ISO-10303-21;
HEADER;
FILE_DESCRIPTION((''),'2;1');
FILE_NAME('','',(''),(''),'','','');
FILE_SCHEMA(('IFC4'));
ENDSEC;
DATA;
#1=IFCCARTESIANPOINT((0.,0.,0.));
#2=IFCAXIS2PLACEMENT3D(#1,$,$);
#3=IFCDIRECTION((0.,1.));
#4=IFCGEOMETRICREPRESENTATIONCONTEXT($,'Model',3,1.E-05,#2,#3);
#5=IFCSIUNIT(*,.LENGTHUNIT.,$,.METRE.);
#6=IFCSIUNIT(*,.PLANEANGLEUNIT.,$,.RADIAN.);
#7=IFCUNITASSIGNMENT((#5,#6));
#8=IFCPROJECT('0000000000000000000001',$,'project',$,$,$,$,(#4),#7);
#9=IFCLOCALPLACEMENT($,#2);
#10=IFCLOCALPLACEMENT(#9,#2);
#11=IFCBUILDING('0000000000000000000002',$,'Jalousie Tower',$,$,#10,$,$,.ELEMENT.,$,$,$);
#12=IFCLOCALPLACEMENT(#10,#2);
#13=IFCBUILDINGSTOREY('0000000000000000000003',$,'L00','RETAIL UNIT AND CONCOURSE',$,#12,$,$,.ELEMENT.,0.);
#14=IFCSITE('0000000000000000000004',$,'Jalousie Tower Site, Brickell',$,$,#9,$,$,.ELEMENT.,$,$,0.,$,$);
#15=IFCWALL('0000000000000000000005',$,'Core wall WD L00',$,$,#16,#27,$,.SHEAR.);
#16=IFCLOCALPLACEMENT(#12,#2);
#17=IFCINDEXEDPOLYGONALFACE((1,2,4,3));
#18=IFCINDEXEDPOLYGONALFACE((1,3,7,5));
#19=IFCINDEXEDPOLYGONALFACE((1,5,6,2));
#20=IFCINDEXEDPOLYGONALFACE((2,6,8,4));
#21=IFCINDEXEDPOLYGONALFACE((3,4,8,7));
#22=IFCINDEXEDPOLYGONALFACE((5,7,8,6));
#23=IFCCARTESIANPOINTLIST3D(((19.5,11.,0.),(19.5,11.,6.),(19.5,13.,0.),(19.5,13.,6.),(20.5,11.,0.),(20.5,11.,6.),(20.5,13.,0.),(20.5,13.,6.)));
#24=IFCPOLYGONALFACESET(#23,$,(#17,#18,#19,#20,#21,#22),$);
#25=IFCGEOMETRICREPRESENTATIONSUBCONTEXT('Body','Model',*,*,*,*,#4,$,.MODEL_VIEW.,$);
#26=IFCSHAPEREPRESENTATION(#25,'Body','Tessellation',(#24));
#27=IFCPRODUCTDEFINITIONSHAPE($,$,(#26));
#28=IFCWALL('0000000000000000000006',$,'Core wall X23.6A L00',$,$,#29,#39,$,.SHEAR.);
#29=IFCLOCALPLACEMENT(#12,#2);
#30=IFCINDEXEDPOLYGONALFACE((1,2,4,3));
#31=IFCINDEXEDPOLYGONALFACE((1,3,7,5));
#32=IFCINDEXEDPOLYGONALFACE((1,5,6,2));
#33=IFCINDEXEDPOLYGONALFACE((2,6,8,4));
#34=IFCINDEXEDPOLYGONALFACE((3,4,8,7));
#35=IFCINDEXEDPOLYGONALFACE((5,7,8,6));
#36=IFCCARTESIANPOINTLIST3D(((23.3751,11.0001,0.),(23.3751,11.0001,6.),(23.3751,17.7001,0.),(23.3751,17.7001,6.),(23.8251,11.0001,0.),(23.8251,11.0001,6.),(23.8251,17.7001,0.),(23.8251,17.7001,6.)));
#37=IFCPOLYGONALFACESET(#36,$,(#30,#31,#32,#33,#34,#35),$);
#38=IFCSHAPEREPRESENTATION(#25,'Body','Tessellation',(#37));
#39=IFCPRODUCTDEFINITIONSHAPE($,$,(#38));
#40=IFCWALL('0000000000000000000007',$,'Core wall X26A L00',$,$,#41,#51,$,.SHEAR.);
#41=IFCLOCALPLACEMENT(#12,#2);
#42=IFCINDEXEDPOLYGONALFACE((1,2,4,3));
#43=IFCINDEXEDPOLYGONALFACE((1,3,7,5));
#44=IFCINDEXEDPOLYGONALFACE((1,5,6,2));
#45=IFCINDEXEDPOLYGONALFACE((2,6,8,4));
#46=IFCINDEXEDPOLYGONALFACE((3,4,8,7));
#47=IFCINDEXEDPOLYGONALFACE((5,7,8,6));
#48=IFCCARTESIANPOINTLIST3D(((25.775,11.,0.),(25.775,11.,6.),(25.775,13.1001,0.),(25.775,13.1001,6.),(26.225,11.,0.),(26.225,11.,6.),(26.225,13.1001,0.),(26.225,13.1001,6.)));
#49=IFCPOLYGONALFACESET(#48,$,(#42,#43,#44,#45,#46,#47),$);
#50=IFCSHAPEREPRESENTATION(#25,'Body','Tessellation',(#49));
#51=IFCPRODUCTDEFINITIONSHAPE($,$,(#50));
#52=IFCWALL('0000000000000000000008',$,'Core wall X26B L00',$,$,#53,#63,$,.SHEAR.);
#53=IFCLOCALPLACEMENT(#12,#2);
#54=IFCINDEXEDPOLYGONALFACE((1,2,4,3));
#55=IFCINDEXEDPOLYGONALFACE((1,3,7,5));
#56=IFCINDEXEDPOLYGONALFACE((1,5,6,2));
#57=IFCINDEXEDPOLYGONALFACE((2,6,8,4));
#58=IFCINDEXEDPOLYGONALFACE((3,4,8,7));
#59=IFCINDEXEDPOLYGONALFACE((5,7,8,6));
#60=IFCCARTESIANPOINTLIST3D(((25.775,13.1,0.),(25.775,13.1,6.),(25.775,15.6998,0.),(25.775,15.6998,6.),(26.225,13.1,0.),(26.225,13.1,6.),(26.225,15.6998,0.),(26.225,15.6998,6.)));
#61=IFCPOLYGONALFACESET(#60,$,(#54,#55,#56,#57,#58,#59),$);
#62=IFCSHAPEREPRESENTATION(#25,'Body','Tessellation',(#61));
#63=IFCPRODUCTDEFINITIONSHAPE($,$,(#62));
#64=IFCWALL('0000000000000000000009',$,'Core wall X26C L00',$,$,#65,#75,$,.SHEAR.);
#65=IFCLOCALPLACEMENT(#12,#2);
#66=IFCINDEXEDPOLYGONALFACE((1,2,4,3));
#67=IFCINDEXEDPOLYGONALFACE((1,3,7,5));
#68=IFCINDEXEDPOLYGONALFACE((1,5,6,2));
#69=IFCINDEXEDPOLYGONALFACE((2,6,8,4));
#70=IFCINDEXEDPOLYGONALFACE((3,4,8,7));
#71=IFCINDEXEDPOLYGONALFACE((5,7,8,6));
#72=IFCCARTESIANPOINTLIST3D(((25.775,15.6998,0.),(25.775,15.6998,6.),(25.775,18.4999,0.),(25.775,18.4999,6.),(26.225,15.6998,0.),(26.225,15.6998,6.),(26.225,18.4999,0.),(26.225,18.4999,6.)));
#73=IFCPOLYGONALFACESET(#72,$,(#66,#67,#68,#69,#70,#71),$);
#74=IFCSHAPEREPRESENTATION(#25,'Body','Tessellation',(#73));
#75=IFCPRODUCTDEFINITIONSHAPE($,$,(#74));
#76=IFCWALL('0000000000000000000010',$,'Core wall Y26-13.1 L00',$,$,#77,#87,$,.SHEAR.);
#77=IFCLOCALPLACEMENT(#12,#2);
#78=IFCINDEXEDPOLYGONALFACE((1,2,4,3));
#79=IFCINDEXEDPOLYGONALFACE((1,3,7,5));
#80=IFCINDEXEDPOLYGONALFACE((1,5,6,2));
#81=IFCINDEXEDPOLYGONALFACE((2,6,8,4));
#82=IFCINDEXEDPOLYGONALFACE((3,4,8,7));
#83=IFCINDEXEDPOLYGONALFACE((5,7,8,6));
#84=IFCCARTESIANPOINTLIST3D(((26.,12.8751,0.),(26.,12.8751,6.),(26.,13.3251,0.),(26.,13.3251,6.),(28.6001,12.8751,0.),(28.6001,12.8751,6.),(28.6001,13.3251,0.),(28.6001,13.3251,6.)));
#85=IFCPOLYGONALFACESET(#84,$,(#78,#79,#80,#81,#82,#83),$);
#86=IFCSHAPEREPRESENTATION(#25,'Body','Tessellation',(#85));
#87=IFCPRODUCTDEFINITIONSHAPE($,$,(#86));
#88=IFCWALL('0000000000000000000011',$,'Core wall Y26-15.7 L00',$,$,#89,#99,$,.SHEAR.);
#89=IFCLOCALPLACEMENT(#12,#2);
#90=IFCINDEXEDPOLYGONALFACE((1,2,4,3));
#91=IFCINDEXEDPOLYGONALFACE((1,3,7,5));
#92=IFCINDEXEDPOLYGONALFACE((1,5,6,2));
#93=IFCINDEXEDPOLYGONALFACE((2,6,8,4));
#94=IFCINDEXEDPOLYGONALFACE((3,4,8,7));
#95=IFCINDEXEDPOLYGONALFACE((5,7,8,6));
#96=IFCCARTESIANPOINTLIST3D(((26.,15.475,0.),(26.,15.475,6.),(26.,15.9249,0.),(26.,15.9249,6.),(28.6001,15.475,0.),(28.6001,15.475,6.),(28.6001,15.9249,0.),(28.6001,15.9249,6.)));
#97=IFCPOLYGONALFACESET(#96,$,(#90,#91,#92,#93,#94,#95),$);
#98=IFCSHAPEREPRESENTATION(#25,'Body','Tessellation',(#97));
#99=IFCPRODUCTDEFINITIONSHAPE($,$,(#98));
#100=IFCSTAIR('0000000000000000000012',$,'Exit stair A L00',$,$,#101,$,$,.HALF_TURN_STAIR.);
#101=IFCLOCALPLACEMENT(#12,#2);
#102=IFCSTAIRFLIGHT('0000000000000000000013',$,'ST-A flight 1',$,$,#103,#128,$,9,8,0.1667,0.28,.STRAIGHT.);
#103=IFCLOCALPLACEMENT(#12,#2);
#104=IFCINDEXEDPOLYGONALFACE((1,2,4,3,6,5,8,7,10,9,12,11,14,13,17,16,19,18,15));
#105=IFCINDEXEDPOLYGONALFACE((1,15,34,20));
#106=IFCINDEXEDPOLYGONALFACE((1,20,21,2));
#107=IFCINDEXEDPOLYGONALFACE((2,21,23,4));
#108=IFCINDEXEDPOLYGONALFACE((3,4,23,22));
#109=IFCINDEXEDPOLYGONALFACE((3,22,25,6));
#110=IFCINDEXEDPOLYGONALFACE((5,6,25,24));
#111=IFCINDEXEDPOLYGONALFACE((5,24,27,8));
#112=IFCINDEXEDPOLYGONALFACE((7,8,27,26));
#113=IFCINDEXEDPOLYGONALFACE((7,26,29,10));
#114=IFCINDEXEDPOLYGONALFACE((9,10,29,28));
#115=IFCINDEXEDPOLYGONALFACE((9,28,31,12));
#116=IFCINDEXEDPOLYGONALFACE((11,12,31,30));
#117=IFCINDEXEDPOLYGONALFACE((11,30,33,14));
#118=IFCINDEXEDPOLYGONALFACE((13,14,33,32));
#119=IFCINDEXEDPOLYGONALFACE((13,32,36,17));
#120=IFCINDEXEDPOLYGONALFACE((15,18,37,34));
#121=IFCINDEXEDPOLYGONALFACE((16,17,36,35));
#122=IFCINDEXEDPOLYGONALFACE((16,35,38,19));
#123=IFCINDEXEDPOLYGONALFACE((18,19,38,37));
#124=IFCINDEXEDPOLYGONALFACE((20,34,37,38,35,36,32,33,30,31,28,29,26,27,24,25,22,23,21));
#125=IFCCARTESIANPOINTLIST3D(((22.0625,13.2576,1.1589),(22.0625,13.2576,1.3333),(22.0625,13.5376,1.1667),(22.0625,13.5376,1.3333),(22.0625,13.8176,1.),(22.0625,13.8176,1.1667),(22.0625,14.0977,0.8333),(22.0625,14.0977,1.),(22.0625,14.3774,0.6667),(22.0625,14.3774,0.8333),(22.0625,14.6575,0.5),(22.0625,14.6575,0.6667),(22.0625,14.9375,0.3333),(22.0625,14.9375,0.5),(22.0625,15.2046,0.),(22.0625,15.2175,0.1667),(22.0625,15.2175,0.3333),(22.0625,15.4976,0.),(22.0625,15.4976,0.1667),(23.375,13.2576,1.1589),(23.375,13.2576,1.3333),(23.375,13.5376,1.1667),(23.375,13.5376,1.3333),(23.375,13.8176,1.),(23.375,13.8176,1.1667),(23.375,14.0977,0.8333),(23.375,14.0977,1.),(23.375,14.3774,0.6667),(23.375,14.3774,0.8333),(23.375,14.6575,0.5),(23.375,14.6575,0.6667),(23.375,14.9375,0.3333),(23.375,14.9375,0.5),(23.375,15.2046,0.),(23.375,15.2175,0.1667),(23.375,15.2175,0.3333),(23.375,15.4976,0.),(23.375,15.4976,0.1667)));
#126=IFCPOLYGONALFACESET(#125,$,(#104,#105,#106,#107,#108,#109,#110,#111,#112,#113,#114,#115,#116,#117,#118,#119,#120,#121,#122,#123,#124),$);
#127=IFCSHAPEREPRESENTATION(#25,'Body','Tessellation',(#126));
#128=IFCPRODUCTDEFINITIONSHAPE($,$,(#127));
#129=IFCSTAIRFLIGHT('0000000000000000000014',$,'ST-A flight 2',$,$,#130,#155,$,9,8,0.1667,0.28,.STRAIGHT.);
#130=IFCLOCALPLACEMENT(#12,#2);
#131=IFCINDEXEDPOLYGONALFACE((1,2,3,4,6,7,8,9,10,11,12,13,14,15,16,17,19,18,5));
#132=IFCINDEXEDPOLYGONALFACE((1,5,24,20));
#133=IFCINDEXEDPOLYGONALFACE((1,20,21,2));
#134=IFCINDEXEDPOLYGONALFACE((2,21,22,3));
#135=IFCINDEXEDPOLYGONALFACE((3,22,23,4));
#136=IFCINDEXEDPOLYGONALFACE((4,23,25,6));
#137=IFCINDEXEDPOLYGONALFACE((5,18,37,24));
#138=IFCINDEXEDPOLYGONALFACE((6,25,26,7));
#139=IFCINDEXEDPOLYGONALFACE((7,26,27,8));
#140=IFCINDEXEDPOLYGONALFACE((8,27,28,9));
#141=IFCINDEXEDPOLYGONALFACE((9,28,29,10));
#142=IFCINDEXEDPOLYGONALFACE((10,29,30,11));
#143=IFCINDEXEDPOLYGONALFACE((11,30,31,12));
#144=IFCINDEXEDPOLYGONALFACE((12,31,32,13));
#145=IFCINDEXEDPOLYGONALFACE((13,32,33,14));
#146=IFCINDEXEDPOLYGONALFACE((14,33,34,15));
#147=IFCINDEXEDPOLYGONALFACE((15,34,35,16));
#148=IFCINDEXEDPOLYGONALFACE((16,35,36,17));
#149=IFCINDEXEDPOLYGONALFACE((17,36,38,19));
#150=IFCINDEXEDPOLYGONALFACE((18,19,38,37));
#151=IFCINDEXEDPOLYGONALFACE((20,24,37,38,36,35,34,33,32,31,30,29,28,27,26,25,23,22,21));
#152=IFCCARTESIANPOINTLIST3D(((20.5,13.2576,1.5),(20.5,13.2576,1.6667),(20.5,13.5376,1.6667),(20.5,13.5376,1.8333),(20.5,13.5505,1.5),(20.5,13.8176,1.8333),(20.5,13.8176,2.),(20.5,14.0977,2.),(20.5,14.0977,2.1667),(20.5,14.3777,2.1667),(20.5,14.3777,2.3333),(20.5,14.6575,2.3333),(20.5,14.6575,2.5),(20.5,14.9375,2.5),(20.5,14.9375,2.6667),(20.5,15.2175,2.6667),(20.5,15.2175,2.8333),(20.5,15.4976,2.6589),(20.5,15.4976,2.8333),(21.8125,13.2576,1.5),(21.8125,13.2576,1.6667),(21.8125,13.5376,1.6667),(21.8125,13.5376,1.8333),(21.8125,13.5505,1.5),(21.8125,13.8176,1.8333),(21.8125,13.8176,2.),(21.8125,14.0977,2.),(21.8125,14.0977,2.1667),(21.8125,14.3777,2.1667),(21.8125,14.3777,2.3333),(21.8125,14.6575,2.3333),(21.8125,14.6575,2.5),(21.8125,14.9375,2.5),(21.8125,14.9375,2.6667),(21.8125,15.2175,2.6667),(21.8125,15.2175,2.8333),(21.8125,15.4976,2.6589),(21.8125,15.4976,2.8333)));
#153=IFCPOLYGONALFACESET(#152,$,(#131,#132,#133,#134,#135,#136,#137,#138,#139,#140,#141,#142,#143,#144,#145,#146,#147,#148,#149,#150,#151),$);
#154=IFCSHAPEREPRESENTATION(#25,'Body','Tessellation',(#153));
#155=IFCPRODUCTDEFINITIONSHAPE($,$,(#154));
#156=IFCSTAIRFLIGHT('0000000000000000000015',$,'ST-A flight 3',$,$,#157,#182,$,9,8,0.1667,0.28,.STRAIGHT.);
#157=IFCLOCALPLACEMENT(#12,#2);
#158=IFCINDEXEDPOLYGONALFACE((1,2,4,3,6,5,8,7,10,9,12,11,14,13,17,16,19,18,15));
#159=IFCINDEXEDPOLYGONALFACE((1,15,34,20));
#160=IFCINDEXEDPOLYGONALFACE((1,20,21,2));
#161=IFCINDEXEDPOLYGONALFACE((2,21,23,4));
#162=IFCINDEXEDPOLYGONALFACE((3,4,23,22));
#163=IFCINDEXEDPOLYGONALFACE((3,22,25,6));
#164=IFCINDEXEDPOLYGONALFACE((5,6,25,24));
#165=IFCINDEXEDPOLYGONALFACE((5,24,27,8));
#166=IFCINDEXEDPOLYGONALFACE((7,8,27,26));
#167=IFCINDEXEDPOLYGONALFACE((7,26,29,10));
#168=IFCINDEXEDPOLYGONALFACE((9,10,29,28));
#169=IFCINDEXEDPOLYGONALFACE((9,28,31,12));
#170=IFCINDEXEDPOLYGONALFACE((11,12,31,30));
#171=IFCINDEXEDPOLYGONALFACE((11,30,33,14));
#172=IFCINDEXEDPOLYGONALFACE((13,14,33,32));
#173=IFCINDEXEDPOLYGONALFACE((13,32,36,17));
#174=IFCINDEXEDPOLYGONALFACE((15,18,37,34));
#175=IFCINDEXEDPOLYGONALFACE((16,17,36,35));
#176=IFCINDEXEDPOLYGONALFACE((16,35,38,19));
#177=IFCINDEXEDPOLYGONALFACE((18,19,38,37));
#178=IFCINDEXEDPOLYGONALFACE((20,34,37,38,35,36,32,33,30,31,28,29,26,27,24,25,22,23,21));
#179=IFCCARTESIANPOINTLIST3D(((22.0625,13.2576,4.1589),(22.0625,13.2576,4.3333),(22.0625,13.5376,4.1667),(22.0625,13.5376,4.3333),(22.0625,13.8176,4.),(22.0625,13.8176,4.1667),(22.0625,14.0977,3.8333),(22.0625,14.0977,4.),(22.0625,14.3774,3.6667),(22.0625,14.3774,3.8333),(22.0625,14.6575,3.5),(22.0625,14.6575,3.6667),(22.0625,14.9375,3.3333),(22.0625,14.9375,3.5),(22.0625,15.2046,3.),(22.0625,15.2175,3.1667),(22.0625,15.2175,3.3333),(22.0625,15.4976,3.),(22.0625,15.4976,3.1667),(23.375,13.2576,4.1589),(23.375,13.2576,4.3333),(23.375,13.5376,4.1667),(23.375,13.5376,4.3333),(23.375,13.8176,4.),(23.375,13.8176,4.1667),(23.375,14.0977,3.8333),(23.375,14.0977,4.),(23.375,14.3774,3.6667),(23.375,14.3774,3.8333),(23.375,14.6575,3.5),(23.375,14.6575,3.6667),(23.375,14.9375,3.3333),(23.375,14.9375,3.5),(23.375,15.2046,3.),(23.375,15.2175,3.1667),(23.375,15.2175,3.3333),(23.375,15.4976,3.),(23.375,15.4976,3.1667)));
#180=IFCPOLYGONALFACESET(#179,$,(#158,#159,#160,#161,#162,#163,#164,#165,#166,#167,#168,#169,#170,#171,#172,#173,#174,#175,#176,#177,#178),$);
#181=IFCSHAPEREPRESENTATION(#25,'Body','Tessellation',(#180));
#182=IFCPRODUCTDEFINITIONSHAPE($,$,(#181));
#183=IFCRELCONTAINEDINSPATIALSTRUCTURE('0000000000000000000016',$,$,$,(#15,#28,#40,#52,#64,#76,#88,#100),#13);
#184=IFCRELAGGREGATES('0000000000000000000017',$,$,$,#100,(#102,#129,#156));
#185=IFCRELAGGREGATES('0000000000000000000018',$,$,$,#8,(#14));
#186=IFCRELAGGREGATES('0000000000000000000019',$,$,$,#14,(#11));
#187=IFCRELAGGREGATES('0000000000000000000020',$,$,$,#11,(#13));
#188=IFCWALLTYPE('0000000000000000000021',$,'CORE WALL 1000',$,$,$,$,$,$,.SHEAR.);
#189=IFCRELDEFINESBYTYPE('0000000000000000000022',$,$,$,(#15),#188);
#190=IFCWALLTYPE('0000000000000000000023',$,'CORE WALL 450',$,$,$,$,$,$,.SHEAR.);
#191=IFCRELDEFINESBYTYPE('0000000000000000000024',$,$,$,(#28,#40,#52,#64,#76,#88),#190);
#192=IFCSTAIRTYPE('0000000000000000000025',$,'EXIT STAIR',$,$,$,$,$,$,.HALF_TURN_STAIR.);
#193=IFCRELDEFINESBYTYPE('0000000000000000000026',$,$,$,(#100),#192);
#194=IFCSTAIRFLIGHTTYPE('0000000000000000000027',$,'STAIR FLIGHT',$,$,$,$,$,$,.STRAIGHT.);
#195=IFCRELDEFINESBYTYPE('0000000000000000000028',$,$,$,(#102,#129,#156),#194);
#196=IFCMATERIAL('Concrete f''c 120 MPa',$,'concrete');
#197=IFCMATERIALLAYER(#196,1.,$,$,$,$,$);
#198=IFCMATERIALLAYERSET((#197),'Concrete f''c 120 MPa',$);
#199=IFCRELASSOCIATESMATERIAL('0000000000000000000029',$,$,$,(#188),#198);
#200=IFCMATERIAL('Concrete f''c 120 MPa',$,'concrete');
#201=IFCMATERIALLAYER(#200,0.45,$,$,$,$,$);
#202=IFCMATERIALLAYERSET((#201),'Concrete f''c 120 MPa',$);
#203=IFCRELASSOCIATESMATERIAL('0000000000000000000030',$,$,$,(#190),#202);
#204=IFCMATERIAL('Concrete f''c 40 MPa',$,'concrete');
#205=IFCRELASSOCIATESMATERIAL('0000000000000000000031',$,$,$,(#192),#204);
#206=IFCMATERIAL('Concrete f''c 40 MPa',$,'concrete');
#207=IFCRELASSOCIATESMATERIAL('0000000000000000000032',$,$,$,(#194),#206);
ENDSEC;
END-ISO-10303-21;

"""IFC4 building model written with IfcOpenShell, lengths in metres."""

from ifc_helpers import new_model, si_unit, direction, frame, frame_2d, origin, place, context, subcontext, project, spatial, polyline, rectangle, outline, extrude, material, layer, layer_set, type_object, element, aggregate, save


model = new_model("IFC4")

# Units and contexts
model_context = context("Model", 3, precision=1e-05, world=origin(), true_north=direction((0.0, 1.0)))
body_context = subcontext(model_context, "Body", "Model", "MODEL_VIEW")
ifc_project = project(units=[si_unit("LENGTHUNIT", "METRE"), si_unit("PLANEANGLEUNIT", "RADIAN")], contexts=[model_context])

# Site, building, storey
site_placement = place(None, origin())
site = spatial("IfcSite", under=ifc_project, at=site_placement, Name="Jalousie Tower Site, Brickell", CompositionType="ELEMENT", RefElevation=0.0)
building_placement = place(site_placement, origin())
building = spatial("IfcBuilding", under=site, at=building_placement, Name="Jalousie Tower", CompositionType="ELEMENT")
storey_placement = place(building_placement, origin())
storey = spatial("IfcBuildingStorey", under=building, at=storey_placement, Name="L00", Description="RETAIL UNIT AND CONCOURSE", CompositionType="ELEMENT", Elevation=0.0)

# Walls
ifc_material_1 = material(Name="Concrete f'c 120 MPa", Category="concrete")
ifc_layer_1 = layer(ifc_material_1, 1.0)
ifc_layer_set_1 = layer_set([ifc_layer_1], Name="Concrete f'c 120 MPa")
wall_type_1 = type_object("IfcWallType", Name="CORE WALL 1000", PredefinedType="SHEAR", material=ifc_layer_set_1)
wall_1_placement = place(storey_placement, frame((20.0, 13.0, 0.0), z_axis=(0.0, 0.0, 1.0), x_axis=(0.0, -1.0, 0.0)))
element("IfcWall", 1, at=wall_1_placement, inside=storey, type_object=wall_type_1, Name="Core wall WD L00", PredefinedType="SHEAR", context=body_context, shape_type="SweptSolid", body=[
    extrude(rectangle(XDim=2.0, YDim=1.0, at=frame_2d((1.0, 0.0))), origin(), (0.0, 0.0, 1.0), 6.0),
])
ifc_material_2 = material(Name="Concrete f'c 120 MPa", Category="concrete")
ifc_layer_2 = layer(ifc_material_2, 0.45)
ifc_layer_set_2 = layer_set([ifc_layer_2], Name="Concrete f'c 120 MPa")
wall_type_2 = type_object("IfcWallType", Name="CORE WALL 450", PredefinedType="SHEAR", material=ifc_layer_set_2)
wall_2_placement = place(storey_placement, frame((23.6001, 11.0, 0.0), z_axis=(0.0, 0.0, 1.0), x_axis=(0.0, 1.0, 0.0)))
element("IfcWall", 2, at=wall_2_placement, inside=storey, type_object=wall_type_2, Name="Core wall X23.6A L00", PredefinedType="SHEAR", context=body_context, shape_type="SweptSolid", body=[
    extrude(rectangle(XDim=6.7, YDim=0.45, at=frame_2d((3.3501, 0.0))), origin(), (0.0, 0.0, 1.0), 6.0),
])
wall_3_placement = place(storey_placement, frame((26.0, 11.0, 0.0), z_axis=(0.0, 0.0, 1.0), x_axis=(0.0, 1.0, 0.0)))
element("IfcWall", 3, at=wall_3_placement, inside=storey, type_object=wall_type_2, Name="Core wall X26A L00", PredefinedType="SHEAR", context=body_context, shape_type="SweptSolid", body=[
    extrude(rectangle(XDim=2.1001, YDim=0.45, at=frame_2d((1.05, 0.0))), origin(), (0.0, 0.0, 1.0), 6.0),
])
wall_4_placement = place(storey_placement, frame((26.0, 13.1001, 0.0), z_axis=(0.0, 0.0, 1.0), x_axis=(0.0, 1.0, 0.0)))
element("IfcWall", 4, at=wall_4_placement, inside=storey, type_object=wall_type_2, Name="Core wall X26B L00", PredefinedType="SHEAR", context=body_context, shape_type="SweptSolid", body=[
    extrude(rectangle(XDim=2.5999, YDim=0.45, at=frame_2d((1.2998, 0.0))), origin(), (0.0, 0.0, 1.0), 6.0),
])
wall_5_placement = place(storey_placement, frame((26.0, 15.7, 0.0), z_axis=(0.0, 0.0, 1.0), x_axis=(0.0, 1.0, 0.0)))
element("IfcWall", 5, at=wall_5_placement, inside=storey, type_object=wall_type_2, Name="Core wall X26C L00", PredefinedType="SHEAR", context=body_context, shape_type="SweptSolid", body=[
    extrude(rectangle(XDim=2.8, YDim=0.45, at=frame_2d((1.3999, 0.0))), origin(), (0.0, 0.0, 1.0), 6.0),
])
for number, where, z_axis, x_axis, name in (
    (6, (26.0, 13.1001, 0.0), (0.0, 0.0, 1.0), (1.0, 0.0, 0.0), "Core wall Y26-13.1 L00"),
    (7, (26.0, 15.7, 0.0), (0.0, 0.0, 1.0), (1.0, 0.0, 0.0), "Core wall Y26-15.7 L00"),
):
    element("IfcWall", number, at=place(storey_placement, frame(where, z_axis=z_axis, x_axis=x_axis)), inside=storey, type_object=wall_type_2, Name=name, PredefinedType="SHEAR", context=body_context, shape_type="SweptSolid", body=[
        extrude(rectangle(XDim=2.6001, YDim=0.45, at=frame_2d((1.3, 0.0))), origin(), (0.0, 0.0, 1.0), 6.0),
    ])

# Stair, stair flights
ifc_material_3 = material(Name="Concrete f'c 40 MPa", Category="concrete")
stair_type = type_object("IfcStairType", Name="EXIT STAIR", PredefinedType="HALF_TURN_STAIR", material=ifc_material_3)
stair_placement = place(storey_placement, origin())
stair = element("IfcStair", 8, at=stair_placement, inside=storey, type_object=stair_type, Name="Exit stair A L00", PredefinedType="HALF_TURN_STAIR")
ifc_material_4 = material(Name="Concrete f'c 40 MPa", Category="concrete")
stair_flight_type = type_object("IfcStairFlightType", Name="STAIR FLIGHT", PredefinedType="STRAIGHT", material=ifc_material_4)
stair_flight_1_placement = place(storey_placement, frame((22.7188, 15.4976, 0.0), z_axis=(0.0, 0.0, 1.0), x_axis=(0.0, -1.0, 0.0)))
stair_flight_1 = element("IfcStairFlight", 9, at=stair_flight_1_placement, type_object=stair_flight_type, Name="ST-A flight 1", NumberOfRisers=9, NumberOfTreads=8, PredefinedType="STRAIGHT", RiserHeight=0.1667, TreadLength=0.28, context=body_context, shape_type="SweptSolid", body=[
    extrude(outline(polyline([(0.0, 0.0), (0.0, 0.1667), (0.28, 0.1667), (0.28, 0.3333), (0.5601, 0.3333), (0.5601, 0.5), (0.8401, 0.5), (0.8401, 0.6667), (1.1201, 0.6667), (1.1201, 0.8333), (1.3999, 0.8333), (1.3999, 1.0), (1.6799, 1.0), (1.6799, 1.1667), (1.96, 1.1667), (1.96, 1.3333), (2.24, 1.3333), (2.24, 1.5), (2.24, 1.1589), (0.293, 0.0), (0.0, 0.0)])), frame((0.0, 0.6562, 0.0), z_axis=(0.0, -1.0, 0.0), x_axis=(1.0, 0.0, 0.0)), (0.0, 0.0, 1.0), 1.3125),
])
stair_flight_2_placement = place(storey_placement, frame((21.1562, 13.2576, 1.5), z_axis=(0.0, 0.0, 1.0), x_axis=(0.0, 1.0, 0.0)))
stair_flight_2 = element("IfcStairFlight", 10, at=stair_flight_2_placement, type_object=stair_flight_type, Name="ST-A flight 2", NumberOfRisers=9, NumberOfTreads=8, PredefinedType="STRAIGHT", RiserHeight=0.1667, TreadLength=0.28, context=body_context, shape_type="SweptSolid", body=[
    extrude(outline(polyline([(0.0, 0.0), (0.0, 0.1667), (0.28, 0.1667), (0.28, 0.3333), (0.5601, 0.3333), (0.5601, 0.5), (0.8401, 0.5), (0.8401, 0.6667), (1.1201, 0.6667), (1.1201, 0.8333), (1.3999, 0.8333), (1.3999, 1.0), (1.6799, 1.0), (1.6799, 1.1667), (1.96, 1.1667), (1.96, 1.3333), (2.24, 1.3333), (2.24, 1.5), (2.24, 1.1589), (0.293, 0.0), (0.0, 0.0)])), frame((0.0, 0.6562, 0.0), z_axis=(0.0, -1.0, 0.0), x_axis=(1.0, 0.0, 0.0)), (0.0, 0.0, 1.0), 1.3125),
])
stair_flight_3_placement = place(storey_placement, frame((22.7188, 15.4976, 3.0), z_axis=(0.0, 0.0, 1.0), x_axis=(0.0, -1.0, 0.0)))
stair_flight_3 = element("IfcStairFlight", 11, at=stair_flight_3_placement, type_object=stair_flight_type, Name="ST-A flight 3", NumberOfRisers=9, NumberOfTreads=8, PredefinedType="STRAIGHT", RiserHeight=0.1667, TreadLength=0.28, context=body_context, shape_type="SweptSolid", body=[
    extrude(outline(polyline([(0.0, 0.0), (0.0, 0.1667), (0.28, 0.1667), (0.28, 0.3333), (0.5601, 0.3333), (0.5601, 0.5), (0.8401, 0.5), (0.8401, 0.6667), (1.1201, 0.6667), (1.1201, 0.8333), (1.3999, 0.8333), (1.3999, 1.0), (1.6799, 1.0), (1.6799, 1.1667), (1.96, 1.1667), (1.96, 1.3333), (2.24, 1.3333), (2.24, 1.5), (2.24, 1.1589), (0.293, 0.0), (0.0, 0.0)])), frame((0.0, 0.6562, 0.0), z_axis=(0.0, -1.0, 0.0), x_axis=(1.0, 0.0, 0.0)), (0.0, 0.0, 1.0), 1.3125),
])
aggregate(stair, [stair_flight_1, stair_flight_2, stair_flight_3])

save(model, "model.ifc")
